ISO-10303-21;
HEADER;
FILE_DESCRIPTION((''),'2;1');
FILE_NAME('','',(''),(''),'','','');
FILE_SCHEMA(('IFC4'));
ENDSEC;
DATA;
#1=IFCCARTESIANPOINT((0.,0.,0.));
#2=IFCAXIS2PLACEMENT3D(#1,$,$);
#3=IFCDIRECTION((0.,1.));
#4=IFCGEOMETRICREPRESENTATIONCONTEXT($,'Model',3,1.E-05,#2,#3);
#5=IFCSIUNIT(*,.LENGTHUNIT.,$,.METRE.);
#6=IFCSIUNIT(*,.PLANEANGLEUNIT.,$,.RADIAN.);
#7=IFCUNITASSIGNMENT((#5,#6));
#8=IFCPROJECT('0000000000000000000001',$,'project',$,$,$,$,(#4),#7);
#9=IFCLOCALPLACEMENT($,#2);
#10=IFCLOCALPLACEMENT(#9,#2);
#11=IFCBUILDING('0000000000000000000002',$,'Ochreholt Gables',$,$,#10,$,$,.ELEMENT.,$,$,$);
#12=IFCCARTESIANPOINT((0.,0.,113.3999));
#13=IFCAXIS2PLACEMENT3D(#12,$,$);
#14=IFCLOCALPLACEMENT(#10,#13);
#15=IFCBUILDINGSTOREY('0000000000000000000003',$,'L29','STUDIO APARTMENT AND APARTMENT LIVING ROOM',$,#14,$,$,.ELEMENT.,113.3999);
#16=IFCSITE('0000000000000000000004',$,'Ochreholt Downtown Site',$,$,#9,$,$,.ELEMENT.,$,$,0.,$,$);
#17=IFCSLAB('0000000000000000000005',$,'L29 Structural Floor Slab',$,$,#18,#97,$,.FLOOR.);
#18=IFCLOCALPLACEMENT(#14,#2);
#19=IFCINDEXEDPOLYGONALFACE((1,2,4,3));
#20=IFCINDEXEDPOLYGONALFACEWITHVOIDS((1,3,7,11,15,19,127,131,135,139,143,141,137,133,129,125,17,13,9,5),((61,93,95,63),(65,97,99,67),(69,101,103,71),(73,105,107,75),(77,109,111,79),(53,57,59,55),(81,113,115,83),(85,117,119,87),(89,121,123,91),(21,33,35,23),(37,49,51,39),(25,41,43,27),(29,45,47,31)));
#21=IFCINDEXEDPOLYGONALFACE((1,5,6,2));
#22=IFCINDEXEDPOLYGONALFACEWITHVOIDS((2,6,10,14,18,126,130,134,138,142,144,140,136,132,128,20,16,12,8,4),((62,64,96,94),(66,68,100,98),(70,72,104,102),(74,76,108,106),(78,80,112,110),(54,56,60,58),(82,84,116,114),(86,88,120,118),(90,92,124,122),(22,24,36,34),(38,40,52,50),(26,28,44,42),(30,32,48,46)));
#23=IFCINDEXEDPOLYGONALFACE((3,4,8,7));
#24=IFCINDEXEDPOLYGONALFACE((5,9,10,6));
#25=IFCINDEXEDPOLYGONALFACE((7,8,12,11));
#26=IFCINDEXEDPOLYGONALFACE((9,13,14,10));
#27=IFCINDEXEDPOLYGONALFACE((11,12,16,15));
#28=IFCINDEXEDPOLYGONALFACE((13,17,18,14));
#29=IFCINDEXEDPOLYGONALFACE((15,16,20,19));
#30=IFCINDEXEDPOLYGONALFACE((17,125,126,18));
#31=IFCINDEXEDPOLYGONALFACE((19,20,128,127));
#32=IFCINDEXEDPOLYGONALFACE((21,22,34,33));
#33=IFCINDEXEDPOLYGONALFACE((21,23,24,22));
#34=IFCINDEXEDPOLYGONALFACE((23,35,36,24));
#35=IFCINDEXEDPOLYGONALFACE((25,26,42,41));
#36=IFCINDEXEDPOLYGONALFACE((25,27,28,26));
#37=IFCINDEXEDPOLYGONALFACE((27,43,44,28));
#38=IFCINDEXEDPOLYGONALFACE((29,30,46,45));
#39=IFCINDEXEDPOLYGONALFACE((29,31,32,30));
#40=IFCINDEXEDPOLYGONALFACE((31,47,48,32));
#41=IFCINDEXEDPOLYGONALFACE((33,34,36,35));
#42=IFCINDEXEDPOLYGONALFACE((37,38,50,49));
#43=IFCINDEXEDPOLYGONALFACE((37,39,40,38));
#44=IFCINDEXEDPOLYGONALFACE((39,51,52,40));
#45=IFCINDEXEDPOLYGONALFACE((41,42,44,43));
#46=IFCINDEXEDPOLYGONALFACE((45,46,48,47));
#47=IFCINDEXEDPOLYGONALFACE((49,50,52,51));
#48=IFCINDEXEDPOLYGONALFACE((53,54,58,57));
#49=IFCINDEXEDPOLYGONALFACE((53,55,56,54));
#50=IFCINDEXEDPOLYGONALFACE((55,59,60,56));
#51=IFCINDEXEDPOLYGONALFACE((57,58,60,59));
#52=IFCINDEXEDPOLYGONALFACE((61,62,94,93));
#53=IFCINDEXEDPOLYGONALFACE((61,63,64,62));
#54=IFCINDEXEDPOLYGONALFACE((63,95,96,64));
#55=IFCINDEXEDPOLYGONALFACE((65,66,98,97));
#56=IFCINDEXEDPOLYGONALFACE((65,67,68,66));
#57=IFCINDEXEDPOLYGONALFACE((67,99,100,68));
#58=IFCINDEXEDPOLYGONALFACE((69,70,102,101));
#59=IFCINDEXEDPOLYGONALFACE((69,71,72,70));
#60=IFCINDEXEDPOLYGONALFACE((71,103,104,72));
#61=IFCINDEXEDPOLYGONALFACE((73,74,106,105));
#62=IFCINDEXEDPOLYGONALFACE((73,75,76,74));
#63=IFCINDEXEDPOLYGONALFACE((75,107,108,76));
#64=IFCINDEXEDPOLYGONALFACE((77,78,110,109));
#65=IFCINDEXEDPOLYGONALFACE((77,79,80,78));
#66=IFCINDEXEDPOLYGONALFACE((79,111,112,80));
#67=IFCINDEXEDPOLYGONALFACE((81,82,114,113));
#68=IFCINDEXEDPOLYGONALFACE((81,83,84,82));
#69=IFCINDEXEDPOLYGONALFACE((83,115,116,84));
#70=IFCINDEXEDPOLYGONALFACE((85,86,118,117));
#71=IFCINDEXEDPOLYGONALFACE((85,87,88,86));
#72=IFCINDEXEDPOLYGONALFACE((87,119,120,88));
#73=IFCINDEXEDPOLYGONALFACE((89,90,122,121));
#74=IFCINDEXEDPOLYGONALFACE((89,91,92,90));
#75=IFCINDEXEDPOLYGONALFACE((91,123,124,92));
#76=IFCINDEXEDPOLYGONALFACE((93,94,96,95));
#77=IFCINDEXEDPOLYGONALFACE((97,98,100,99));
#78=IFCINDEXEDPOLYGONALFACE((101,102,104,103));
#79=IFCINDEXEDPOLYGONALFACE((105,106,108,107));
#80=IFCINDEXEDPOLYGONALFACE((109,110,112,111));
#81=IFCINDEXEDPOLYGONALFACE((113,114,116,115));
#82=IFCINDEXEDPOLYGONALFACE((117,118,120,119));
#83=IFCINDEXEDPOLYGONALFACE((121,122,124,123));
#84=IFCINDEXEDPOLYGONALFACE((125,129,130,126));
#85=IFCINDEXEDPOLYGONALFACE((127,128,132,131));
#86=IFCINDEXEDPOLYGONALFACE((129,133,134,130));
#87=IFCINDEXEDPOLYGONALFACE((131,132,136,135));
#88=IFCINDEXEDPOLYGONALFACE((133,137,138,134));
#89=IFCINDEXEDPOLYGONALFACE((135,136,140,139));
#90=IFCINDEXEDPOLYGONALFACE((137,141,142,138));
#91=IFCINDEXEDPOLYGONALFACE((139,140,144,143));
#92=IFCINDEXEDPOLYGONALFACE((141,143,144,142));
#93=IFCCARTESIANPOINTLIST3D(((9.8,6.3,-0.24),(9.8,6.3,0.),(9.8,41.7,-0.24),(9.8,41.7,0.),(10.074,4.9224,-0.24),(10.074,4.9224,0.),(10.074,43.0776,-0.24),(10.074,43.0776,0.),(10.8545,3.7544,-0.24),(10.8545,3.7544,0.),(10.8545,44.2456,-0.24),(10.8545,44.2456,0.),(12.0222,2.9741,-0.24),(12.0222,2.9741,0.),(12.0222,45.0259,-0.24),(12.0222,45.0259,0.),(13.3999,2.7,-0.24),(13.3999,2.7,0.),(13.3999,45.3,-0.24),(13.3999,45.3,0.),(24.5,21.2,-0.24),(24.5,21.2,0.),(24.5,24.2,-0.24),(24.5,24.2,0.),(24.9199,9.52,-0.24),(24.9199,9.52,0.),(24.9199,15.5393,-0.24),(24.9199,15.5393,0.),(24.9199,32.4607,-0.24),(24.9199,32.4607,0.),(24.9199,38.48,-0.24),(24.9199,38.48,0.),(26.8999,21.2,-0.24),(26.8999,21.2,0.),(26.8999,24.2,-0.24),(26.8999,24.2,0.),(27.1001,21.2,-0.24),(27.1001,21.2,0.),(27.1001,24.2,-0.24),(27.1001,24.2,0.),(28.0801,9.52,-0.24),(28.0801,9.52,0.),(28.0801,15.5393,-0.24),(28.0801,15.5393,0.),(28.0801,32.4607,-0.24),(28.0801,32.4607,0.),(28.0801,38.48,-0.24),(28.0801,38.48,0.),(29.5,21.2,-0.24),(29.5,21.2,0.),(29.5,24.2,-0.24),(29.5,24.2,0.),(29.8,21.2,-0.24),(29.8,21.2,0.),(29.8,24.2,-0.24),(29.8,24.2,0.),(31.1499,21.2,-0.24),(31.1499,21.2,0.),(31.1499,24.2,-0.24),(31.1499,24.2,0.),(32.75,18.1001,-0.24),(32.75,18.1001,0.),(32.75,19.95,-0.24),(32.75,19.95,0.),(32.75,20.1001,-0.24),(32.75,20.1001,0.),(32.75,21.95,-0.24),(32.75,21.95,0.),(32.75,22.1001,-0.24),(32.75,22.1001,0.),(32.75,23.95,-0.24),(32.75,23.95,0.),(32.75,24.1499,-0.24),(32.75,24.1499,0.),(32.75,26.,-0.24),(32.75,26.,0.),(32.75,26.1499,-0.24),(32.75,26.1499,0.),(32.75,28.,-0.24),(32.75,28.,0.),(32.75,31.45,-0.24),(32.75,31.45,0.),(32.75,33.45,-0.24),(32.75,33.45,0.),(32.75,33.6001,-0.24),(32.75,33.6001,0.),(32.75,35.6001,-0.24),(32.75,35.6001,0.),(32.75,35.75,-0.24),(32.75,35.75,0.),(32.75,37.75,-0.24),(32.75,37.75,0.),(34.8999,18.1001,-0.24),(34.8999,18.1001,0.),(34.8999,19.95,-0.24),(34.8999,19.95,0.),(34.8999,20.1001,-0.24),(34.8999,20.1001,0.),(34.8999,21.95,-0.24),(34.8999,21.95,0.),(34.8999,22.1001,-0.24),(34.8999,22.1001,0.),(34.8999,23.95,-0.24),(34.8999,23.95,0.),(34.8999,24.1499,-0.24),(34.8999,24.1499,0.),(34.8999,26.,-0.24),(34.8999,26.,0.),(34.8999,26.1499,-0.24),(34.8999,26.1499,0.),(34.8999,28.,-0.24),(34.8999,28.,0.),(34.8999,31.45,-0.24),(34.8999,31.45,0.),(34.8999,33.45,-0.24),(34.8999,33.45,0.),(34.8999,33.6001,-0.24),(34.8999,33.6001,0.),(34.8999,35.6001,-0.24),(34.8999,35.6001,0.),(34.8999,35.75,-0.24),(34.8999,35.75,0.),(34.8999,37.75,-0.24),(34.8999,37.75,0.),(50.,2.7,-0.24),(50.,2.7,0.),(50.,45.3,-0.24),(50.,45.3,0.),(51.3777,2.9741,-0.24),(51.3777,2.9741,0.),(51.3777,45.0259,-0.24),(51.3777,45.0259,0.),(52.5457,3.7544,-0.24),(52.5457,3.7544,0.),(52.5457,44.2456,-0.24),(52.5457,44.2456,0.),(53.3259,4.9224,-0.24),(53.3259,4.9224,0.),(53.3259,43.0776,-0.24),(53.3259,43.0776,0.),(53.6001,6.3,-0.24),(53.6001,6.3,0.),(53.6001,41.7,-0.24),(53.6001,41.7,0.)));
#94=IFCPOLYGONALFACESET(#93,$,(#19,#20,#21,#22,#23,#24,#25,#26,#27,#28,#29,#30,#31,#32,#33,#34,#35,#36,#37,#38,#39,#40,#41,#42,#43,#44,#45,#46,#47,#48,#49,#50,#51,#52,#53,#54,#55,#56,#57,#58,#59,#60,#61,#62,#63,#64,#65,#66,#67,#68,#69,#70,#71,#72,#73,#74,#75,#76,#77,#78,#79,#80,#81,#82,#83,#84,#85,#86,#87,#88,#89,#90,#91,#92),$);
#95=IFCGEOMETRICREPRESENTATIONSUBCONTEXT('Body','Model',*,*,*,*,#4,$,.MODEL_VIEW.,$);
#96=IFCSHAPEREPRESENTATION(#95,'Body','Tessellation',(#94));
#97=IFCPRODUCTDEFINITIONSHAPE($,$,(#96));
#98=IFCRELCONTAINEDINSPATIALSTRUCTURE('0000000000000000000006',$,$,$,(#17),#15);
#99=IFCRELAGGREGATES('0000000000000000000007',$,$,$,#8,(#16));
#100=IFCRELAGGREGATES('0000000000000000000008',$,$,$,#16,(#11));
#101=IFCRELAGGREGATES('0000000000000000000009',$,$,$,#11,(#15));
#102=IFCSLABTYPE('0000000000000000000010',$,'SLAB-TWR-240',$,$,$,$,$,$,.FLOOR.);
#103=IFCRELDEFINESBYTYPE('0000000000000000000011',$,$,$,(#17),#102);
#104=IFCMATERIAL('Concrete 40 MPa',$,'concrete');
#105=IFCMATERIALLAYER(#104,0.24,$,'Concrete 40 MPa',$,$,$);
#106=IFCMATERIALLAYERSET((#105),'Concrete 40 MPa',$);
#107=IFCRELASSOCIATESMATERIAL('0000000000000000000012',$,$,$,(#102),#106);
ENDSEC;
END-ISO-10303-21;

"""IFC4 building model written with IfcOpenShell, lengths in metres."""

from ifc_helpers import new_model, si_unit, direction, frame, origin, place, context, subcontext, project, spatial, polyline, outline, extrude, material, layer, layer_set, type_object, element, save


model = new_model("IFC4")

# Units and contexts
model_context = context("Model", 3, precision=1e-05, world=origin(), true_north=direction((0.0, 1.0)))
body_context = subcontext(model_context, "Body", "Model", "MODEL_VIEW")
ifc_project = project(units=[si_unit("LENGTHUNIT", "METRE"), si_unit("PLANEANGLEUNIT", "RADIAN")], contexts=[model_context])

# Site, building, storey
site_placement = place(None, origin())
site = spatial("IfcSite", under=ifc_project, at=site_placement, Name="Ochreholt Downtown Site", CompositionType="ELEMENT", RefElevation=0.0)
building_placement = place(site_placement, origin())
building = spatial("IfcBuilding", under=site, at=building_placement, Name="Ochreholt Gables", CompositionType="ELEMENT")
storey_placement = place(building_placement, frame((0.0, 0.0, 113.3999)))
storey = spatial("IfcBuildingStorey", under=building, at=storey_placement, Name="L29", Description="STUDIO APARTMENT AND APARTMENT LIVING ROOM", CompositionType="ELEMENT", Elevation=113.3999)

# Shared definitions
ifc_material_1 = material(Name="Concrete 40 MPa", Category="concrete")

# Slab
ifc_layer_1 = layer(ifc_material_1, 0.24, Name="Concrete 40 MPa")
ifc_layer_set_1 = layer_set([ifc_layer_1], Name="Concrete 40 MPa")
slab_type_1 = type_object("IfcSlabType", Name="SLAB-TWR-240", PredefinedType="FLOOR", material=ifc_layer_set_1)
slab_1_placement = place(storey_placement, frame((0.0, 0.0, -0.24)))
element("IfcSlab", 1, at=slab_1_placement, inside=storey, type_object=slab_type_1, Name="L29 Structural Floor Slab", PredefinedType="FLOOR", context=body_context, shape_type="SweptSolid", body=[
    extrude(outline(polyline([(9.8, 6.3), (10.074, 4.9224), (10.8545, 3.7544), (12.0222, 2.9741), (13.3999, 2.7), (50.0, 2.7), (51.3777, 2.9741), (52.5457, 3.7544), (53.3259, 4.9224), (53.6001, 6.3), (53.6001, 41.7), (53.3259, 43.0776), (52.5457, 44.2456), (51.3777, 45.0259), (50.0, 45.3), (13.3999, 45.3), (12.0222, 45.0259), (10.8545, 44.2456), (10.074, 43.0776), (9.8, 41.7), (9.8, 6.3)]), holes=[polyline([(24.9199, 15.5393), (24.9199, 9.52), (28.0801, 9.52), (28.0801, 15.5393), (24.9199, 15.5393)]), polyline([(28.0801, 32.4607), (28.0801, 38.48), (24.9199, 38.48), (24.9199, 32.4607), (28.0801, 32.4607)]), polyline([(24.5, 21.2), (26.8999, 21.2), (26.8999, 24.2), (24.5, 24.2), (24.5, 21.2)]), polyline([(27.1001, 21.2), (29.5, 21.2), (29.5, 24.2), (27.1001, 24.2), (27.1001, 21.2)]), polyline([(32.75, 18.1001), (34.8999, 18.1001), (34.8999, 19.95), (32.75, 19.95), (32.75, 18.1001)]), polyline([(32.75, 20.1001), (34.8999, 20.1001), (34.8999, 21.95), (32.75, 21.95), (32.75, 20.1001)]), polyline([(32.75, 22.1001), (34.8999, 22.1001), (34.8999, 23.95), (32.75, 23.95), (32.75, 22.1001)]), polyline([(32.75, 24.1499), (34.8999, 24.1499), (34.8999, 26.0), (32.75, 26.0), (32.75, 24.1499)]), polyline([(32.75, 26.1499), (34.8999, 26.1499), (34.8999, 28.0), (32.75, 28.0), (32.75, 26.1499)]), polyline([(32.75, 31.45), (34.8999, 31.45), (34.8999, 33.45), (32.75, 33.45), (32.75, 31.45)]), polyline([(32.75, 33.6001), (34.8999, 33.6001), (34.8999, 35.6001), (32.75, 35.6001), (32.75, 33.6001)]), polyline([(32.75, 35.75), (34.8999, 35.75), (34.8999, 37.75), (32.75, 37.75), (32.75, 35.75)]), polyline([(29.8, 21.2), (31.1499, 21.2), (31.1499, 24.2), (29.8, 24.2), (29.8, 21.2)])]), origin(), (0.0, 0.0, 1.0), 0.24),
])

save(model, "model.ifc")
